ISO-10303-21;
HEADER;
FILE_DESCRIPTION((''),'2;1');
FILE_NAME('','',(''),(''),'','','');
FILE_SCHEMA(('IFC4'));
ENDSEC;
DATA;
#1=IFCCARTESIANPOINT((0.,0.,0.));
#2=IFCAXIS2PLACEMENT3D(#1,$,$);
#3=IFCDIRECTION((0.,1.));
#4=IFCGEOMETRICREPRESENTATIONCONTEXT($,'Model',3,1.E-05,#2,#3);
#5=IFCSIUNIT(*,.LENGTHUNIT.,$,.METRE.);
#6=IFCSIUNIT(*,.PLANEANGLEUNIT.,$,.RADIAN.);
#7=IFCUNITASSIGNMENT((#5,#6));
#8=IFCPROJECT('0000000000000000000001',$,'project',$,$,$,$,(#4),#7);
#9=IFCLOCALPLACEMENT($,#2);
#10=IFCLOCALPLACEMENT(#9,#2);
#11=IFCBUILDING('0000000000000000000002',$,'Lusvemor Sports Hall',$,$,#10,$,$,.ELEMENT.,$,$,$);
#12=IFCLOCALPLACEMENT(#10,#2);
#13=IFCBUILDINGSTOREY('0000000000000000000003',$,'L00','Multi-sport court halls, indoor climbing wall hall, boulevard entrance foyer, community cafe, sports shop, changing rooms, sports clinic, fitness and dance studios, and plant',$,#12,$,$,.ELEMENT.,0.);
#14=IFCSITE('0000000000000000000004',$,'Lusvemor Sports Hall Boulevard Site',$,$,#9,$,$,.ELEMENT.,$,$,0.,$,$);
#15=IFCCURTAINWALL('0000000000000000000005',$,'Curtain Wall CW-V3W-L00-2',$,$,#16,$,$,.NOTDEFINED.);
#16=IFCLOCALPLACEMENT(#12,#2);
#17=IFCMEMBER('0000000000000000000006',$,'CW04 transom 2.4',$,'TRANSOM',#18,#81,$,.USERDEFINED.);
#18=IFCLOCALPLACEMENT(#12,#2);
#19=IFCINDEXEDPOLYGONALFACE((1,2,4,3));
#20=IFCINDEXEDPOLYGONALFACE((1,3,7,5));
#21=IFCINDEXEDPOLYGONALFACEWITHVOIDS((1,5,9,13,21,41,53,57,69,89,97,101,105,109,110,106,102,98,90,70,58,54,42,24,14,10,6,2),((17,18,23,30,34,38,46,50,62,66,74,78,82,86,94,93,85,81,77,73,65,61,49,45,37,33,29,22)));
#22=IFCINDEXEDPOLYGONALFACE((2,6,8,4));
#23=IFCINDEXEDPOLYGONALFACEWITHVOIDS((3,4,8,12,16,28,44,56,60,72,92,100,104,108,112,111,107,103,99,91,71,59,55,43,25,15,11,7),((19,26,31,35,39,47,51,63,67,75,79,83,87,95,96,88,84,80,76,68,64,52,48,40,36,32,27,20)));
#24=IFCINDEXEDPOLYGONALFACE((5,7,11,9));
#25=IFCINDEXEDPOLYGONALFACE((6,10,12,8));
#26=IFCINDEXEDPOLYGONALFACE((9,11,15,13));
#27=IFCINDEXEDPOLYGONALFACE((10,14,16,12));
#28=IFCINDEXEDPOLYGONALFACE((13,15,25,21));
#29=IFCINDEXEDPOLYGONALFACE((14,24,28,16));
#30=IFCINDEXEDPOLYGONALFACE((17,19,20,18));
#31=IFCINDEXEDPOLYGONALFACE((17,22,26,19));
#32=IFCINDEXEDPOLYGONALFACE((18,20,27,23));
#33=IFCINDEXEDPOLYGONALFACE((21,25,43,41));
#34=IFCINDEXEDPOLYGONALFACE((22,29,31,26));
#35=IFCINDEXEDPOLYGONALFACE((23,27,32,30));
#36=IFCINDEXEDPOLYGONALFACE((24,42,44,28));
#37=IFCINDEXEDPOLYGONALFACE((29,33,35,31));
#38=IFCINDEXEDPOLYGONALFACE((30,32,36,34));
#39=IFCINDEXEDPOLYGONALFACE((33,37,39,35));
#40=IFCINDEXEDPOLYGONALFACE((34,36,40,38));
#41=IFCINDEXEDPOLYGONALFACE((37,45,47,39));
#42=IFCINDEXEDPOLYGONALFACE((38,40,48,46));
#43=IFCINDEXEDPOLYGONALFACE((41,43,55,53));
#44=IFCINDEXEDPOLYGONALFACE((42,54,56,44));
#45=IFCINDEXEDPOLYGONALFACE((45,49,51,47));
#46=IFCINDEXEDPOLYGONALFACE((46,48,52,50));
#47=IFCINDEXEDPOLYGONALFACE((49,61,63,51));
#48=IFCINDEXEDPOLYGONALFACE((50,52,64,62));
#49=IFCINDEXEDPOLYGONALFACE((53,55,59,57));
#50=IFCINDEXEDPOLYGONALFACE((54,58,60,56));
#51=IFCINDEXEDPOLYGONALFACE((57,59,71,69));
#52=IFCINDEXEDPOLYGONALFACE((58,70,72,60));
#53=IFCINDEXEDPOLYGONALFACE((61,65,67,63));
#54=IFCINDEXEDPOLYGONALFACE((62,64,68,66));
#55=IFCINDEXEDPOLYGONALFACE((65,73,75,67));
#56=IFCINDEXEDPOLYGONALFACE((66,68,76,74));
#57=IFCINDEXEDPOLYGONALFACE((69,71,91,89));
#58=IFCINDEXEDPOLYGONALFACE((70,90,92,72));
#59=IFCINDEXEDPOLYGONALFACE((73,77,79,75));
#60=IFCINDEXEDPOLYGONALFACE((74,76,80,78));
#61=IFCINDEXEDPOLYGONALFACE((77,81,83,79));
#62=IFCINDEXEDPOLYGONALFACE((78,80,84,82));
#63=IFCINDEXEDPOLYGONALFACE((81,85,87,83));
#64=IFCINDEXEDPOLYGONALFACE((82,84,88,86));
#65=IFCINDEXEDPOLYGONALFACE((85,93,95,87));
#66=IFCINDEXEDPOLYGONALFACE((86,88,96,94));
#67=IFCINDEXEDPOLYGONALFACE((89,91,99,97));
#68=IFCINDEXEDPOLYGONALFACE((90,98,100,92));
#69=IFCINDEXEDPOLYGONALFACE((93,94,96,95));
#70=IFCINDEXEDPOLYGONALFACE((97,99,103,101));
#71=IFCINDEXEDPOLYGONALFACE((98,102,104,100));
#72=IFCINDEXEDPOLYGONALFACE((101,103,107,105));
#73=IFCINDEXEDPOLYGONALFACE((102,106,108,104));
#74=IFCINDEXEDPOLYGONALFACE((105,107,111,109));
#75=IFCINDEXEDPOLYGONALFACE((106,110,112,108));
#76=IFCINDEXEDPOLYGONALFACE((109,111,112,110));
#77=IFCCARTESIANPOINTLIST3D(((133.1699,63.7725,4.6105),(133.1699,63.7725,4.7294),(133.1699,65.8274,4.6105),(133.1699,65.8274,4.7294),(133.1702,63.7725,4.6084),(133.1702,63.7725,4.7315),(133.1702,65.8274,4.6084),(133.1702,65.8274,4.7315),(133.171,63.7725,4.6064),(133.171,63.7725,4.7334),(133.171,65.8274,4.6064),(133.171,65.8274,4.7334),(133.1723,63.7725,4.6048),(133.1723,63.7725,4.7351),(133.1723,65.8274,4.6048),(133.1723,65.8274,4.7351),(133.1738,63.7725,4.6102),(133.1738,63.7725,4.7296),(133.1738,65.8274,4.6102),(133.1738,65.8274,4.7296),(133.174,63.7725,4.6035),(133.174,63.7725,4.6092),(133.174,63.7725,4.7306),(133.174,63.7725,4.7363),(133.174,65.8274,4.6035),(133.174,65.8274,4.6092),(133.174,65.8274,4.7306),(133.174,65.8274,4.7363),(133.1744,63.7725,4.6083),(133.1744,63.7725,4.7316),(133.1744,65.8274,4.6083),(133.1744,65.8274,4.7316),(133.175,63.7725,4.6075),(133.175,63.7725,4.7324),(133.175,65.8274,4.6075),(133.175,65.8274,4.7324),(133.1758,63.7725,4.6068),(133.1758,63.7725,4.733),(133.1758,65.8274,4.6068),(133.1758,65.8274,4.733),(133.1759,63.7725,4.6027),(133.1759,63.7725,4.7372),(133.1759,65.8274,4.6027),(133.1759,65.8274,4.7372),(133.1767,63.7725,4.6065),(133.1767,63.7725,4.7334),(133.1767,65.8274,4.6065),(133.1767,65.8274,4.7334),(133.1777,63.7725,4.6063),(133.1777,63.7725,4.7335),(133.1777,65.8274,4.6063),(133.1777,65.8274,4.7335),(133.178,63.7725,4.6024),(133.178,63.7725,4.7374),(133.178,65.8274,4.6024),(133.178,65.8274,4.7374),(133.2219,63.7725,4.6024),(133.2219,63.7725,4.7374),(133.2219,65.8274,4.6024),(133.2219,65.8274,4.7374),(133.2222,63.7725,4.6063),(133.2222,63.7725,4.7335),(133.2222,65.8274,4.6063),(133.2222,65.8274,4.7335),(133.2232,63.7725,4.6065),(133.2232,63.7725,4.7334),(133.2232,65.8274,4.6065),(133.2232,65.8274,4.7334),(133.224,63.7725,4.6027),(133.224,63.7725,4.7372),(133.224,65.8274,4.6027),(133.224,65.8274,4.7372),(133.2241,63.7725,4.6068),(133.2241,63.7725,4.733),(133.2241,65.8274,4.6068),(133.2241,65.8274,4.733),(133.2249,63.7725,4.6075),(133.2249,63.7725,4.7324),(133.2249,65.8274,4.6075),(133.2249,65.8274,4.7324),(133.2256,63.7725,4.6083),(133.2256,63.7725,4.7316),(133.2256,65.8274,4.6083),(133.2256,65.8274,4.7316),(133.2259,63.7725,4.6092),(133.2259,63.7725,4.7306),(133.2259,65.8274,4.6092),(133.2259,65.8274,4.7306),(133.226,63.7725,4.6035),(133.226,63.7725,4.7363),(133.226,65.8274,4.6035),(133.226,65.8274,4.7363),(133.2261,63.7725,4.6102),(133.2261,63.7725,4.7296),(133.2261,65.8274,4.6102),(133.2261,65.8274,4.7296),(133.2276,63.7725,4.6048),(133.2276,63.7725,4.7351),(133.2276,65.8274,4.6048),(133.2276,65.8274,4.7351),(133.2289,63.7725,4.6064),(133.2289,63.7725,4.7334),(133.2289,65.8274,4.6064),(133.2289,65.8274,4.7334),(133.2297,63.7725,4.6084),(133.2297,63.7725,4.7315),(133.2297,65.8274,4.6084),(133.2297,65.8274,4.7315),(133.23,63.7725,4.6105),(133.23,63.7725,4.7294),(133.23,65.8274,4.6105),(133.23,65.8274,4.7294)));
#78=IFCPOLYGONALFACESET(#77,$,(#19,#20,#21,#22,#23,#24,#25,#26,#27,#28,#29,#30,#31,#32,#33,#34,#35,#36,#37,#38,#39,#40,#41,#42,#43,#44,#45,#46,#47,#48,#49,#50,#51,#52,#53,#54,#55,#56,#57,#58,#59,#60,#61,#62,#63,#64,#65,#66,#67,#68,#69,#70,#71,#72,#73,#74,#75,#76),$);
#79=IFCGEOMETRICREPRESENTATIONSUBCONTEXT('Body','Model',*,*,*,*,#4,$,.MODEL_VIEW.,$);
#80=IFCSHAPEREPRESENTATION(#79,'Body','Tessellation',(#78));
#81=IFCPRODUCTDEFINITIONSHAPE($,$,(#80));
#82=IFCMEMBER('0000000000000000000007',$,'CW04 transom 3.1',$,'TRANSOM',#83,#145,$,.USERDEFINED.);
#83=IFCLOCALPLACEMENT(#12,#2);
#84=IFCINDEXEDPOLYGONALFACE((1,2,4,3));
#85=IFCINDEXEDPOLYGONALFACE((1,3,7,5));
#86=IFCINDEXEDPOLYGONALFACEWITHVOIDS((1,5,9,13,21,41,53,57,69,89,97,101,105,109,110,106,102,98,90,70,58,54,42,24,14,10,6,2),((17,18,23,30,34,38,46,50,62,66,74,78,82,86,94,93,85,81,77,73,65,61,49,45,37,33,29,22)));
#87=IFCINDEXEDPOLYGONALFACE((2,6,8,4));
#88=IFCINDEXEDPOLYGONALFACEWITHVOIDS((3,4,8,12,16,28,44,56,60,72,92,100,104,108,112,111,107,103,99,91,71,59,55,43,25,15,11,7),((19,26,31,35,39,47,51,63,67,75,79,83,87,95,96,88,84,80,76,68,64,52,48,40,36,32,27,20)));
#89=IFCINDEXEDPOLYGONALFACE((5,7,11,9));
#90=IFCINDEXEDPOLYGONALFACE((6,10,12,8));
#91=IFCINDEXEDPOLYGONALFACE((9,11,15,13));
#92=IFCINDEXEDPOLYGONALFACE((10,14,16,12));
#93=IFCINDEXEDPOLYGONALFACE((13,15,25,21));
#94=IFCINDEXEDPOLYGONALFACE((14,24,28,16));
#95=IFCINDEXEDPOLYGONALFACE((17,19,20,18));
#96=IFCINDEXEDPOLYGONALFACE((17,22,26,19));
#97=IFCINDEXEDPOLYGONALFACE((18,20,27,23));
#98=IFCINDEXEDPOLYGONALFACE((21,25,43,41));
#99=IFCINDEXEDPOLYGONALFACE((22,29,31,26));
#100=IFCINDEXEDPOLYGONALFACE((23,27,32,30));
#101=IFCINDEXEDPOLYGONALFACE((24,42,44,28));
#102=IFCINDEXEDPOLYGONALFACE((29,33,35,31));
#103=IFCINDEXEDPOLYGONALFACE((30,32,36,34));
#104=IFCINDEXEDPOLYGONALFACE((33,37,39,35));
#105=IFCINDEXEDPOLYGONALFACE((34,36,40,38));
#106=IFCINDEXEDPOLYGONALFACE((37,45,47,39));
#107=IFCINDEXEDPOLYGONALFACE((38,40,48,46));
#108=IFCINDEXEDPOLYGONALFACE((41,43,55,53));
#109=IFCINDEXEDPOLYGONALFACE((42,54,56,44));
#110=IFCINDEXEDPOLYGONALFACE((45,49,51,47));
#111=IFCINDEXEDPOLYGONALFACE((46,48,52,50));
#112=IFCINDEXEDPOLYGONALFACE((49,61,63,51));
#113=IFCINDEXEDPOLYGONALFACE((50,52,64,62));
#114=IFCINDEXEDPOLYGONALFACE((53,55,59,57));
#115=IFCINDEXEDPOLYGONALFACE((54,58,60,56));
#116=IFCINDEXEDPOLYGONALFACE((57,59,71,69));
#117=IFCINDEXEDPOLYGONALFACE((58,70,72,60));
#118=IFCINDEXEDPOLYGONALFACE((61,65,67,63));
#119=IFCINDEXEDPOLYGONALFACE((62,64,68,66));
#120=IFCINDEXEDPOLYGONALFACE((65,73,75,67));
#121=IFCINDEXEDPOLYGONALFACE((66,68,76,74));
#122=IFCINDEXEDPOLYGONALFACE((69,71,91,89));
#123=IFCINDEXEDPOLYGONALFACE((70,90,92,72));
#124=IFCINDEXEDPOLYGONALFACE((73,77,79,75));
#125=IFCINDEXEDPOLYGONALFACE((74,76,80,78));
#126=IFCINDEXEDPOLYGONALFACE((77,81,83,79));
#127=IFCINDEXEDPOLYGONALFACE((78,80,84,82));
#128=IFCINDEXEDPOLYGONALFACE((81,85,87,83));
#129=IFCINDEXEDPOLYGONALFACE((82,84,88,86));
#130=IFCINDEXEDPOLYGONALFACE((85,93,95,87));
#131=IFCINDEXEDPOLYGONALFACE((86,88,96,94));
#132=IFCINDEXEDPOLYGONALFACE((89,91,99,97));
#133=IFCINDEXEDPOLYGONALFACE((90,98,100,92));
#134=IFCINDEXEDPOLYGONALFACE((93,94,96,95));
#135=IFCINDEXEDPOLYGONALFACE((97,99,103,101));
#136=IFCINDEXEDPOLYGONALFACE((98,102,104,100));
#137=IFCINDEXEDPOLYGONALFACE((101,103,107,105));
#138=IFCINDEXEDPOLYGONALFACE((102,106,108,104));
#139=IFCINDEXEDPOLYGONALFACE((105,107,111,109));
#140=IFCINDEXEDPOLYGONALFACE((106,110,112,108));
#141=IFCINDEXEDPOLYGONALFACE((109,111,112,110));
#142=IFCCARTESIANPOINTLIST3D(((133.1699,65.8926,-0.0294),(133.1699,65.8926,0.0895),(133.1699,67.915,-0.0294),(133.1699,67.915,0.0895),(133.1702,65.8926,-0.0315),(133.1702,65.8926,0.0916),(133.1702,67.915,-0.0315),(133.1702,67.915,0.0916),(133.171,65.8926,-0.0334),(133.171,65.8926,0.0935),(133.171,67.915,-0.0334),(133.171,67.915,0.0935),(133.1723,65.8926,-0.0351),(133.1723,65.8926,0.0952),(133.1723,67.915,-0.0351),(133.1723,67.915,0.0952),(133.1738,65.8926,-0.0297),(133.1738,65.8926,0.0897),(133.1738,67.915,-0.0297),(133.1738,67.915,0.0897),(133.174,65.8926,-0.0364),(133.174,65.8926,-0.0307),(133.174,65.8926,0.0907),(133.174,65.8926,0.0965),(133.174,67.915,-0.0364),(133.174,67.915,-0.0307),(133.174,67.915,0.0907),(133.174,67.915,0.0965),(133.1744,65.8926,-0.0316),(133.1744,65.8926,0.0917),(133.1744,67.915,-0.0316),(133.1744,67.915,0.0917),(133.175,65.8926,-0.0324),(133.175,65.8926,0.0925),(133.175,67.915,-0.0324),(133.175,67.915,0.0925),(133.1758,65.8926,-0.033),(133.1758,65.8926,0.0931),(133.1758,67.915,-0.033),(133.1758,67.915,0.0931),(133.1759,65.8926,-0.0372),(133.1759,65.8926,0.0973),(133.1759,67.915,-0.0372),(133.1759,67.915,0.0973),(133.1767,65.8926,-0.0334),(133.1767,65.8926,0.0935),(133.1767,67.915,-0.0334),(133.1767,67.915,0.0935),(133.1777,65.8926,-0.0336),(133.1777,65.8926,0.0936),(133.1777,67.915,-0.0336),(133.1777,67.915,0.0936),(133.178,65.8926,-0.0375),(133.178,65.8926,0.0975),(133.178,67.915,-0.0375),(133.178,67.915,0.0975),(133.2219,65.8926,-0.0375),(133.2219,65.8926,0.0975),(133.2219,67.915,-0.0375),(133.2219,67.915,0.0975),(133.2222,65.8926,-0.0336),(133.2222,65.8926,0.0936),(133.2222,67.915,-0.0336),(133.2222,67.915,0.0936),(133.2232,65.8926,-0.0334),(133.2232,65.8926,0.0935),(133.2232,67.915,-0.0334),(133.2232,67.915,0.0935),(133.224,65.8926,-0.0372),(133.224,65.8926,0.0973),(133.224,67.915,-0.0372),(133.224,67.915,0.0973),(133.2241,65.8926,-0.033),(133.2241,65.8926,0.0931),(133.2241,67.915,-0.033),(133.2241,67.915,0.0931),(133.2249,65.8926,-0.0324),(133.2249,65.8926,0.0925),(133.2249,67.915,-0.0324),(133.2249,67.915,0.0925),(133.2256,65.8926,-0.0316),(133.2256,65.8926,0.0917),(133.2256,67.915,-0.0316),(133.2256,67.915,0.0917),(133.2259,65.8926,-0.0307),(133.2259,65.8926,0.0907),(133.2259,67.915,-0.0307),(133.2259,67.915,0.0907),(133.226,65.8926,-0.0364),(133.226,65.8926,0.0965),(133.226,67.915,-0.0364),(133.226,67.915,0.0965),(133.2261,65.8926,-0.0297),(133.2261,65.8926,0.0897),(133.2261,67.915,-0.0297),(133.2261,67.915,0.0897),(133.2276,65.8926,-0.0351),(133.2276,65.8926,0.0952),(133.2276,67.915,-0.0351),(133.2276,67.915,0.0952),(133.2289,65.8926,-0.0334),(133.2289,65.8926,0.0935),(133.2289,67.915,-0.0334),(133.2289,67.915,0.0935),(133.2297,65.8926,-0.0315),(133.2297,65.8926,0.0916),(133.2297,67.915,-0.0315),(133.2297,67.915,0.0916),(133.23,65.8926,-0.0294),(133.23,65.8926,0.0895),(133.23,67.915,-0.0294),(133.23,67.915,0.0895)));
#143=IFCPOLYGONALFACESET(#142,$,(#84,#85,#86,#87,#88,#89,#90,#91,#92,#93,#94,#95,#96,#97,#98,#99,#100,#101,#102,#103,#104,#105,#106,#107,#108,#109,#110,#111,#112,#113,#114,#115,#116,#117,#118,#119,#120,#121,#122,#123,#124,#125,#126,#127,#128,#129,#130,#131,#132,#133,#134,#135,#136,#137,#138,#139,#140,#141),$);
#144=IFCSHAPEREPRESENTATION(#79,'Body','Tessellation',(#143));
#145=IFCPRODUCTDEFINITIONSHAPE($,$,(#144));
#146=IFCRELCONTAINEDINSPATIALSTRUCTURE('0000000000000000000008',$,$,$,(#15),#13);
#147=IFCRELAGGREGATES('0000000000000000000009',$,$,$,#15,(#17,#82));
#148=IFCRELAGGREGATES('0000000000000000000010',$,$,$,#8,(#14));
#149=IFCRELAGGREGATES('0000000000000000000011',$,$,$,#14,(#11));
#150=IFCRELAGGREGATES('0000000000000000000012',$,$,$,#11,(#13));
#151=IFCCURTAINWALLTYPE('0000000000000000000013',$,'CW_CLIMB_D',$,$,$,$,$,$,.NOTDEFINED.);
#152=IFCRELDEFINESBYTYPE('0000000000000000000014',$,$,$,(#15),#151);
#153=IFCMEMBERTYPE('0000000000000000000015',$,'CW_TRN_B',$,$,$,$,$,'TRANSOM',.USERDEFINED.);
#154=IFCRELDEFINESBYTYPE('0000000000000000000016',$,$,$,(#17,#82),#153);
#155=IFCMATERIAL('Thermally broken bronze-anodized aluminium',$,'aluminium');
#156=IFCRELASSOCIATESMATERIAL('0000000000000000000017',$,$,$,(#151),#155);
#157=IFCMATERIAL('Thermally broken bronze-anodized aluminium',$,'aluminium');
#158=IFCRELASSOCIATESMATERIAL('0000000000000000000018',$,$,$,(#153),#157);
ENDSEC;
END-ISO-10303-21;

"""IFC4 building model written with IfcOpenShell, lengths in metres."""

from ifc_helpers import new_model, si_unit, direction, frame, origin, origin_2d, place, context, subcontext, project, spatial, hollow_rectangle, extrude, material, material_profile, profile_set, type_object, element, aggregate, save


model = new_model("IFC4")

# Units and contexts
model_context = context("Model", 3, precision=1e-05, world=origin(), true_north=direction((0.0, 1.0)))
body_context = subcontext(model_context, "Body", "Model", "MODEL_VIEW")
ifc_project = project(units=[si_unit("LENGTHUNIT", "METRE"), si_unit("PLANEANGLEUNIT", "RADIAN")], contexts=[model_context])

# Site, building, storey
site_placement = place(None, origin())
site = spatial("IfcSite", under=ifc_project, at=site_placement, Name="Lusvemor Sports Hall Boulevard Site", CompositionType="ELEMENT", RefElevation=0.0)
building_placement = place(site_placement, origin())
building = spatial("IfcBuilding", under=site, at=building_placement, Name="Lusvemor Sports Hall", CompositionType="ELEMENT")
storey_placement = place(building_placement, origin())
storey = spatial("IfcBuildingStorey", under=building, at=storey_placement, Name="L00", Description="Multi-sport court halls, indoor climbing wall hall, boulevard entrance foyer, community cafe, sports shop, changing rooms, sports clinic, fitness and dance studios, and plant", CompositionType="ELEMENT", Elevation=0.0)

# Curtain wall, members
ifc_material_1 = material(Name="Thermally broken bronze-anodized aluminium", Category="aluminium")
curtain_wall_type = type_object("IfcCurtainWallType", Name="CW_CLIMB_D", PredefinedType="NOTDEFINED", material=ifc_material_1)
curtain_wall_placement = place(storey_placement, origin())
curtain_wall = element("IfcCurtainWall", 1, at=curtain_wall_placement, inside=storey, type_object=curtain_wall_type, Name="Curtain Wall CW-V3W-L00-2", PredefinedType="NOTDEFINED")
ifc_material_2 = material(Name="Thermally broken bronze-anodized aluminium", Category="aluminium")
ifc_material_profile_1 = material_profile(ifc_material_2, hollow_rectangle(XDim=0.0601, YDim=0.135, WallThickness=0.0039, InnerFilletRadius=0.0039, OuterFilletRadius=0.0081, at=origin_2d()), Name="CWTRN135x60x4")
ifc_profile_set_1 = profile_set([ifc_material_profile_1], Name="Thermally broken bronze-anodized aluminium")
member_type_1 = type_object("IfcMemberType", Name="CW_TRN_B", ElementType="TRANSOM", PredefinedType="USERDEFINED", material=ifc_profile_set_1)
member_1_placement = place(storey_placement, frame((133.2, 63.7725, 4.6699), z_axis=(0.0, 1.0, 0.0), x_axis=(-1.0, 0.0, 0.0)))
member_1 = element("IfcMember", 2, at=member_1_placement, type_object=member_type_1, Name="CW04 transom 2.4", ObjectType="TRANSOM", PredefinedType="USERDEFINED", context=body_context, shape_type="SweptSolid", body=[
    extrude(hollow_rectangle(XDim=0.0601, YDim=0.135, WallThickness=0.0039, InnerFilletRadius=0.0039, OuterFilletRadius=0.0081, at=origin_2d()), origin(), (0.0, 0.0, 1.0), 2.0549),
])
member_2_placement = place(storey_placement, frame((133.2, 65.8926, 0.03), z_axis=(0.0, 1.0, 0.0), x_axis=(-1.0, 0.0, 0.0)))
member_2 = element("IfcMember", 3, at=member_2_placement, type_object=member_type_1, Name="CW04 transom 3.1", ObjectType="TRANSOM", PredefinedType="USERDEFINED", context=body_context, shape_type="SweptSolid", body=[
    extrude(hollow_rectangle(XDim=0.0601, YDim=0.135, WallThickness=0.0039, InnerFilletRadius=0.0039, OuterFilletRadius=0.0081, at=origin_2d()), origin(), (0.0, 0.0, 1.0), 2.0225),
])
aggregate(curtain_wall, [member_1, member_2])

save(model, "model.ifc")
